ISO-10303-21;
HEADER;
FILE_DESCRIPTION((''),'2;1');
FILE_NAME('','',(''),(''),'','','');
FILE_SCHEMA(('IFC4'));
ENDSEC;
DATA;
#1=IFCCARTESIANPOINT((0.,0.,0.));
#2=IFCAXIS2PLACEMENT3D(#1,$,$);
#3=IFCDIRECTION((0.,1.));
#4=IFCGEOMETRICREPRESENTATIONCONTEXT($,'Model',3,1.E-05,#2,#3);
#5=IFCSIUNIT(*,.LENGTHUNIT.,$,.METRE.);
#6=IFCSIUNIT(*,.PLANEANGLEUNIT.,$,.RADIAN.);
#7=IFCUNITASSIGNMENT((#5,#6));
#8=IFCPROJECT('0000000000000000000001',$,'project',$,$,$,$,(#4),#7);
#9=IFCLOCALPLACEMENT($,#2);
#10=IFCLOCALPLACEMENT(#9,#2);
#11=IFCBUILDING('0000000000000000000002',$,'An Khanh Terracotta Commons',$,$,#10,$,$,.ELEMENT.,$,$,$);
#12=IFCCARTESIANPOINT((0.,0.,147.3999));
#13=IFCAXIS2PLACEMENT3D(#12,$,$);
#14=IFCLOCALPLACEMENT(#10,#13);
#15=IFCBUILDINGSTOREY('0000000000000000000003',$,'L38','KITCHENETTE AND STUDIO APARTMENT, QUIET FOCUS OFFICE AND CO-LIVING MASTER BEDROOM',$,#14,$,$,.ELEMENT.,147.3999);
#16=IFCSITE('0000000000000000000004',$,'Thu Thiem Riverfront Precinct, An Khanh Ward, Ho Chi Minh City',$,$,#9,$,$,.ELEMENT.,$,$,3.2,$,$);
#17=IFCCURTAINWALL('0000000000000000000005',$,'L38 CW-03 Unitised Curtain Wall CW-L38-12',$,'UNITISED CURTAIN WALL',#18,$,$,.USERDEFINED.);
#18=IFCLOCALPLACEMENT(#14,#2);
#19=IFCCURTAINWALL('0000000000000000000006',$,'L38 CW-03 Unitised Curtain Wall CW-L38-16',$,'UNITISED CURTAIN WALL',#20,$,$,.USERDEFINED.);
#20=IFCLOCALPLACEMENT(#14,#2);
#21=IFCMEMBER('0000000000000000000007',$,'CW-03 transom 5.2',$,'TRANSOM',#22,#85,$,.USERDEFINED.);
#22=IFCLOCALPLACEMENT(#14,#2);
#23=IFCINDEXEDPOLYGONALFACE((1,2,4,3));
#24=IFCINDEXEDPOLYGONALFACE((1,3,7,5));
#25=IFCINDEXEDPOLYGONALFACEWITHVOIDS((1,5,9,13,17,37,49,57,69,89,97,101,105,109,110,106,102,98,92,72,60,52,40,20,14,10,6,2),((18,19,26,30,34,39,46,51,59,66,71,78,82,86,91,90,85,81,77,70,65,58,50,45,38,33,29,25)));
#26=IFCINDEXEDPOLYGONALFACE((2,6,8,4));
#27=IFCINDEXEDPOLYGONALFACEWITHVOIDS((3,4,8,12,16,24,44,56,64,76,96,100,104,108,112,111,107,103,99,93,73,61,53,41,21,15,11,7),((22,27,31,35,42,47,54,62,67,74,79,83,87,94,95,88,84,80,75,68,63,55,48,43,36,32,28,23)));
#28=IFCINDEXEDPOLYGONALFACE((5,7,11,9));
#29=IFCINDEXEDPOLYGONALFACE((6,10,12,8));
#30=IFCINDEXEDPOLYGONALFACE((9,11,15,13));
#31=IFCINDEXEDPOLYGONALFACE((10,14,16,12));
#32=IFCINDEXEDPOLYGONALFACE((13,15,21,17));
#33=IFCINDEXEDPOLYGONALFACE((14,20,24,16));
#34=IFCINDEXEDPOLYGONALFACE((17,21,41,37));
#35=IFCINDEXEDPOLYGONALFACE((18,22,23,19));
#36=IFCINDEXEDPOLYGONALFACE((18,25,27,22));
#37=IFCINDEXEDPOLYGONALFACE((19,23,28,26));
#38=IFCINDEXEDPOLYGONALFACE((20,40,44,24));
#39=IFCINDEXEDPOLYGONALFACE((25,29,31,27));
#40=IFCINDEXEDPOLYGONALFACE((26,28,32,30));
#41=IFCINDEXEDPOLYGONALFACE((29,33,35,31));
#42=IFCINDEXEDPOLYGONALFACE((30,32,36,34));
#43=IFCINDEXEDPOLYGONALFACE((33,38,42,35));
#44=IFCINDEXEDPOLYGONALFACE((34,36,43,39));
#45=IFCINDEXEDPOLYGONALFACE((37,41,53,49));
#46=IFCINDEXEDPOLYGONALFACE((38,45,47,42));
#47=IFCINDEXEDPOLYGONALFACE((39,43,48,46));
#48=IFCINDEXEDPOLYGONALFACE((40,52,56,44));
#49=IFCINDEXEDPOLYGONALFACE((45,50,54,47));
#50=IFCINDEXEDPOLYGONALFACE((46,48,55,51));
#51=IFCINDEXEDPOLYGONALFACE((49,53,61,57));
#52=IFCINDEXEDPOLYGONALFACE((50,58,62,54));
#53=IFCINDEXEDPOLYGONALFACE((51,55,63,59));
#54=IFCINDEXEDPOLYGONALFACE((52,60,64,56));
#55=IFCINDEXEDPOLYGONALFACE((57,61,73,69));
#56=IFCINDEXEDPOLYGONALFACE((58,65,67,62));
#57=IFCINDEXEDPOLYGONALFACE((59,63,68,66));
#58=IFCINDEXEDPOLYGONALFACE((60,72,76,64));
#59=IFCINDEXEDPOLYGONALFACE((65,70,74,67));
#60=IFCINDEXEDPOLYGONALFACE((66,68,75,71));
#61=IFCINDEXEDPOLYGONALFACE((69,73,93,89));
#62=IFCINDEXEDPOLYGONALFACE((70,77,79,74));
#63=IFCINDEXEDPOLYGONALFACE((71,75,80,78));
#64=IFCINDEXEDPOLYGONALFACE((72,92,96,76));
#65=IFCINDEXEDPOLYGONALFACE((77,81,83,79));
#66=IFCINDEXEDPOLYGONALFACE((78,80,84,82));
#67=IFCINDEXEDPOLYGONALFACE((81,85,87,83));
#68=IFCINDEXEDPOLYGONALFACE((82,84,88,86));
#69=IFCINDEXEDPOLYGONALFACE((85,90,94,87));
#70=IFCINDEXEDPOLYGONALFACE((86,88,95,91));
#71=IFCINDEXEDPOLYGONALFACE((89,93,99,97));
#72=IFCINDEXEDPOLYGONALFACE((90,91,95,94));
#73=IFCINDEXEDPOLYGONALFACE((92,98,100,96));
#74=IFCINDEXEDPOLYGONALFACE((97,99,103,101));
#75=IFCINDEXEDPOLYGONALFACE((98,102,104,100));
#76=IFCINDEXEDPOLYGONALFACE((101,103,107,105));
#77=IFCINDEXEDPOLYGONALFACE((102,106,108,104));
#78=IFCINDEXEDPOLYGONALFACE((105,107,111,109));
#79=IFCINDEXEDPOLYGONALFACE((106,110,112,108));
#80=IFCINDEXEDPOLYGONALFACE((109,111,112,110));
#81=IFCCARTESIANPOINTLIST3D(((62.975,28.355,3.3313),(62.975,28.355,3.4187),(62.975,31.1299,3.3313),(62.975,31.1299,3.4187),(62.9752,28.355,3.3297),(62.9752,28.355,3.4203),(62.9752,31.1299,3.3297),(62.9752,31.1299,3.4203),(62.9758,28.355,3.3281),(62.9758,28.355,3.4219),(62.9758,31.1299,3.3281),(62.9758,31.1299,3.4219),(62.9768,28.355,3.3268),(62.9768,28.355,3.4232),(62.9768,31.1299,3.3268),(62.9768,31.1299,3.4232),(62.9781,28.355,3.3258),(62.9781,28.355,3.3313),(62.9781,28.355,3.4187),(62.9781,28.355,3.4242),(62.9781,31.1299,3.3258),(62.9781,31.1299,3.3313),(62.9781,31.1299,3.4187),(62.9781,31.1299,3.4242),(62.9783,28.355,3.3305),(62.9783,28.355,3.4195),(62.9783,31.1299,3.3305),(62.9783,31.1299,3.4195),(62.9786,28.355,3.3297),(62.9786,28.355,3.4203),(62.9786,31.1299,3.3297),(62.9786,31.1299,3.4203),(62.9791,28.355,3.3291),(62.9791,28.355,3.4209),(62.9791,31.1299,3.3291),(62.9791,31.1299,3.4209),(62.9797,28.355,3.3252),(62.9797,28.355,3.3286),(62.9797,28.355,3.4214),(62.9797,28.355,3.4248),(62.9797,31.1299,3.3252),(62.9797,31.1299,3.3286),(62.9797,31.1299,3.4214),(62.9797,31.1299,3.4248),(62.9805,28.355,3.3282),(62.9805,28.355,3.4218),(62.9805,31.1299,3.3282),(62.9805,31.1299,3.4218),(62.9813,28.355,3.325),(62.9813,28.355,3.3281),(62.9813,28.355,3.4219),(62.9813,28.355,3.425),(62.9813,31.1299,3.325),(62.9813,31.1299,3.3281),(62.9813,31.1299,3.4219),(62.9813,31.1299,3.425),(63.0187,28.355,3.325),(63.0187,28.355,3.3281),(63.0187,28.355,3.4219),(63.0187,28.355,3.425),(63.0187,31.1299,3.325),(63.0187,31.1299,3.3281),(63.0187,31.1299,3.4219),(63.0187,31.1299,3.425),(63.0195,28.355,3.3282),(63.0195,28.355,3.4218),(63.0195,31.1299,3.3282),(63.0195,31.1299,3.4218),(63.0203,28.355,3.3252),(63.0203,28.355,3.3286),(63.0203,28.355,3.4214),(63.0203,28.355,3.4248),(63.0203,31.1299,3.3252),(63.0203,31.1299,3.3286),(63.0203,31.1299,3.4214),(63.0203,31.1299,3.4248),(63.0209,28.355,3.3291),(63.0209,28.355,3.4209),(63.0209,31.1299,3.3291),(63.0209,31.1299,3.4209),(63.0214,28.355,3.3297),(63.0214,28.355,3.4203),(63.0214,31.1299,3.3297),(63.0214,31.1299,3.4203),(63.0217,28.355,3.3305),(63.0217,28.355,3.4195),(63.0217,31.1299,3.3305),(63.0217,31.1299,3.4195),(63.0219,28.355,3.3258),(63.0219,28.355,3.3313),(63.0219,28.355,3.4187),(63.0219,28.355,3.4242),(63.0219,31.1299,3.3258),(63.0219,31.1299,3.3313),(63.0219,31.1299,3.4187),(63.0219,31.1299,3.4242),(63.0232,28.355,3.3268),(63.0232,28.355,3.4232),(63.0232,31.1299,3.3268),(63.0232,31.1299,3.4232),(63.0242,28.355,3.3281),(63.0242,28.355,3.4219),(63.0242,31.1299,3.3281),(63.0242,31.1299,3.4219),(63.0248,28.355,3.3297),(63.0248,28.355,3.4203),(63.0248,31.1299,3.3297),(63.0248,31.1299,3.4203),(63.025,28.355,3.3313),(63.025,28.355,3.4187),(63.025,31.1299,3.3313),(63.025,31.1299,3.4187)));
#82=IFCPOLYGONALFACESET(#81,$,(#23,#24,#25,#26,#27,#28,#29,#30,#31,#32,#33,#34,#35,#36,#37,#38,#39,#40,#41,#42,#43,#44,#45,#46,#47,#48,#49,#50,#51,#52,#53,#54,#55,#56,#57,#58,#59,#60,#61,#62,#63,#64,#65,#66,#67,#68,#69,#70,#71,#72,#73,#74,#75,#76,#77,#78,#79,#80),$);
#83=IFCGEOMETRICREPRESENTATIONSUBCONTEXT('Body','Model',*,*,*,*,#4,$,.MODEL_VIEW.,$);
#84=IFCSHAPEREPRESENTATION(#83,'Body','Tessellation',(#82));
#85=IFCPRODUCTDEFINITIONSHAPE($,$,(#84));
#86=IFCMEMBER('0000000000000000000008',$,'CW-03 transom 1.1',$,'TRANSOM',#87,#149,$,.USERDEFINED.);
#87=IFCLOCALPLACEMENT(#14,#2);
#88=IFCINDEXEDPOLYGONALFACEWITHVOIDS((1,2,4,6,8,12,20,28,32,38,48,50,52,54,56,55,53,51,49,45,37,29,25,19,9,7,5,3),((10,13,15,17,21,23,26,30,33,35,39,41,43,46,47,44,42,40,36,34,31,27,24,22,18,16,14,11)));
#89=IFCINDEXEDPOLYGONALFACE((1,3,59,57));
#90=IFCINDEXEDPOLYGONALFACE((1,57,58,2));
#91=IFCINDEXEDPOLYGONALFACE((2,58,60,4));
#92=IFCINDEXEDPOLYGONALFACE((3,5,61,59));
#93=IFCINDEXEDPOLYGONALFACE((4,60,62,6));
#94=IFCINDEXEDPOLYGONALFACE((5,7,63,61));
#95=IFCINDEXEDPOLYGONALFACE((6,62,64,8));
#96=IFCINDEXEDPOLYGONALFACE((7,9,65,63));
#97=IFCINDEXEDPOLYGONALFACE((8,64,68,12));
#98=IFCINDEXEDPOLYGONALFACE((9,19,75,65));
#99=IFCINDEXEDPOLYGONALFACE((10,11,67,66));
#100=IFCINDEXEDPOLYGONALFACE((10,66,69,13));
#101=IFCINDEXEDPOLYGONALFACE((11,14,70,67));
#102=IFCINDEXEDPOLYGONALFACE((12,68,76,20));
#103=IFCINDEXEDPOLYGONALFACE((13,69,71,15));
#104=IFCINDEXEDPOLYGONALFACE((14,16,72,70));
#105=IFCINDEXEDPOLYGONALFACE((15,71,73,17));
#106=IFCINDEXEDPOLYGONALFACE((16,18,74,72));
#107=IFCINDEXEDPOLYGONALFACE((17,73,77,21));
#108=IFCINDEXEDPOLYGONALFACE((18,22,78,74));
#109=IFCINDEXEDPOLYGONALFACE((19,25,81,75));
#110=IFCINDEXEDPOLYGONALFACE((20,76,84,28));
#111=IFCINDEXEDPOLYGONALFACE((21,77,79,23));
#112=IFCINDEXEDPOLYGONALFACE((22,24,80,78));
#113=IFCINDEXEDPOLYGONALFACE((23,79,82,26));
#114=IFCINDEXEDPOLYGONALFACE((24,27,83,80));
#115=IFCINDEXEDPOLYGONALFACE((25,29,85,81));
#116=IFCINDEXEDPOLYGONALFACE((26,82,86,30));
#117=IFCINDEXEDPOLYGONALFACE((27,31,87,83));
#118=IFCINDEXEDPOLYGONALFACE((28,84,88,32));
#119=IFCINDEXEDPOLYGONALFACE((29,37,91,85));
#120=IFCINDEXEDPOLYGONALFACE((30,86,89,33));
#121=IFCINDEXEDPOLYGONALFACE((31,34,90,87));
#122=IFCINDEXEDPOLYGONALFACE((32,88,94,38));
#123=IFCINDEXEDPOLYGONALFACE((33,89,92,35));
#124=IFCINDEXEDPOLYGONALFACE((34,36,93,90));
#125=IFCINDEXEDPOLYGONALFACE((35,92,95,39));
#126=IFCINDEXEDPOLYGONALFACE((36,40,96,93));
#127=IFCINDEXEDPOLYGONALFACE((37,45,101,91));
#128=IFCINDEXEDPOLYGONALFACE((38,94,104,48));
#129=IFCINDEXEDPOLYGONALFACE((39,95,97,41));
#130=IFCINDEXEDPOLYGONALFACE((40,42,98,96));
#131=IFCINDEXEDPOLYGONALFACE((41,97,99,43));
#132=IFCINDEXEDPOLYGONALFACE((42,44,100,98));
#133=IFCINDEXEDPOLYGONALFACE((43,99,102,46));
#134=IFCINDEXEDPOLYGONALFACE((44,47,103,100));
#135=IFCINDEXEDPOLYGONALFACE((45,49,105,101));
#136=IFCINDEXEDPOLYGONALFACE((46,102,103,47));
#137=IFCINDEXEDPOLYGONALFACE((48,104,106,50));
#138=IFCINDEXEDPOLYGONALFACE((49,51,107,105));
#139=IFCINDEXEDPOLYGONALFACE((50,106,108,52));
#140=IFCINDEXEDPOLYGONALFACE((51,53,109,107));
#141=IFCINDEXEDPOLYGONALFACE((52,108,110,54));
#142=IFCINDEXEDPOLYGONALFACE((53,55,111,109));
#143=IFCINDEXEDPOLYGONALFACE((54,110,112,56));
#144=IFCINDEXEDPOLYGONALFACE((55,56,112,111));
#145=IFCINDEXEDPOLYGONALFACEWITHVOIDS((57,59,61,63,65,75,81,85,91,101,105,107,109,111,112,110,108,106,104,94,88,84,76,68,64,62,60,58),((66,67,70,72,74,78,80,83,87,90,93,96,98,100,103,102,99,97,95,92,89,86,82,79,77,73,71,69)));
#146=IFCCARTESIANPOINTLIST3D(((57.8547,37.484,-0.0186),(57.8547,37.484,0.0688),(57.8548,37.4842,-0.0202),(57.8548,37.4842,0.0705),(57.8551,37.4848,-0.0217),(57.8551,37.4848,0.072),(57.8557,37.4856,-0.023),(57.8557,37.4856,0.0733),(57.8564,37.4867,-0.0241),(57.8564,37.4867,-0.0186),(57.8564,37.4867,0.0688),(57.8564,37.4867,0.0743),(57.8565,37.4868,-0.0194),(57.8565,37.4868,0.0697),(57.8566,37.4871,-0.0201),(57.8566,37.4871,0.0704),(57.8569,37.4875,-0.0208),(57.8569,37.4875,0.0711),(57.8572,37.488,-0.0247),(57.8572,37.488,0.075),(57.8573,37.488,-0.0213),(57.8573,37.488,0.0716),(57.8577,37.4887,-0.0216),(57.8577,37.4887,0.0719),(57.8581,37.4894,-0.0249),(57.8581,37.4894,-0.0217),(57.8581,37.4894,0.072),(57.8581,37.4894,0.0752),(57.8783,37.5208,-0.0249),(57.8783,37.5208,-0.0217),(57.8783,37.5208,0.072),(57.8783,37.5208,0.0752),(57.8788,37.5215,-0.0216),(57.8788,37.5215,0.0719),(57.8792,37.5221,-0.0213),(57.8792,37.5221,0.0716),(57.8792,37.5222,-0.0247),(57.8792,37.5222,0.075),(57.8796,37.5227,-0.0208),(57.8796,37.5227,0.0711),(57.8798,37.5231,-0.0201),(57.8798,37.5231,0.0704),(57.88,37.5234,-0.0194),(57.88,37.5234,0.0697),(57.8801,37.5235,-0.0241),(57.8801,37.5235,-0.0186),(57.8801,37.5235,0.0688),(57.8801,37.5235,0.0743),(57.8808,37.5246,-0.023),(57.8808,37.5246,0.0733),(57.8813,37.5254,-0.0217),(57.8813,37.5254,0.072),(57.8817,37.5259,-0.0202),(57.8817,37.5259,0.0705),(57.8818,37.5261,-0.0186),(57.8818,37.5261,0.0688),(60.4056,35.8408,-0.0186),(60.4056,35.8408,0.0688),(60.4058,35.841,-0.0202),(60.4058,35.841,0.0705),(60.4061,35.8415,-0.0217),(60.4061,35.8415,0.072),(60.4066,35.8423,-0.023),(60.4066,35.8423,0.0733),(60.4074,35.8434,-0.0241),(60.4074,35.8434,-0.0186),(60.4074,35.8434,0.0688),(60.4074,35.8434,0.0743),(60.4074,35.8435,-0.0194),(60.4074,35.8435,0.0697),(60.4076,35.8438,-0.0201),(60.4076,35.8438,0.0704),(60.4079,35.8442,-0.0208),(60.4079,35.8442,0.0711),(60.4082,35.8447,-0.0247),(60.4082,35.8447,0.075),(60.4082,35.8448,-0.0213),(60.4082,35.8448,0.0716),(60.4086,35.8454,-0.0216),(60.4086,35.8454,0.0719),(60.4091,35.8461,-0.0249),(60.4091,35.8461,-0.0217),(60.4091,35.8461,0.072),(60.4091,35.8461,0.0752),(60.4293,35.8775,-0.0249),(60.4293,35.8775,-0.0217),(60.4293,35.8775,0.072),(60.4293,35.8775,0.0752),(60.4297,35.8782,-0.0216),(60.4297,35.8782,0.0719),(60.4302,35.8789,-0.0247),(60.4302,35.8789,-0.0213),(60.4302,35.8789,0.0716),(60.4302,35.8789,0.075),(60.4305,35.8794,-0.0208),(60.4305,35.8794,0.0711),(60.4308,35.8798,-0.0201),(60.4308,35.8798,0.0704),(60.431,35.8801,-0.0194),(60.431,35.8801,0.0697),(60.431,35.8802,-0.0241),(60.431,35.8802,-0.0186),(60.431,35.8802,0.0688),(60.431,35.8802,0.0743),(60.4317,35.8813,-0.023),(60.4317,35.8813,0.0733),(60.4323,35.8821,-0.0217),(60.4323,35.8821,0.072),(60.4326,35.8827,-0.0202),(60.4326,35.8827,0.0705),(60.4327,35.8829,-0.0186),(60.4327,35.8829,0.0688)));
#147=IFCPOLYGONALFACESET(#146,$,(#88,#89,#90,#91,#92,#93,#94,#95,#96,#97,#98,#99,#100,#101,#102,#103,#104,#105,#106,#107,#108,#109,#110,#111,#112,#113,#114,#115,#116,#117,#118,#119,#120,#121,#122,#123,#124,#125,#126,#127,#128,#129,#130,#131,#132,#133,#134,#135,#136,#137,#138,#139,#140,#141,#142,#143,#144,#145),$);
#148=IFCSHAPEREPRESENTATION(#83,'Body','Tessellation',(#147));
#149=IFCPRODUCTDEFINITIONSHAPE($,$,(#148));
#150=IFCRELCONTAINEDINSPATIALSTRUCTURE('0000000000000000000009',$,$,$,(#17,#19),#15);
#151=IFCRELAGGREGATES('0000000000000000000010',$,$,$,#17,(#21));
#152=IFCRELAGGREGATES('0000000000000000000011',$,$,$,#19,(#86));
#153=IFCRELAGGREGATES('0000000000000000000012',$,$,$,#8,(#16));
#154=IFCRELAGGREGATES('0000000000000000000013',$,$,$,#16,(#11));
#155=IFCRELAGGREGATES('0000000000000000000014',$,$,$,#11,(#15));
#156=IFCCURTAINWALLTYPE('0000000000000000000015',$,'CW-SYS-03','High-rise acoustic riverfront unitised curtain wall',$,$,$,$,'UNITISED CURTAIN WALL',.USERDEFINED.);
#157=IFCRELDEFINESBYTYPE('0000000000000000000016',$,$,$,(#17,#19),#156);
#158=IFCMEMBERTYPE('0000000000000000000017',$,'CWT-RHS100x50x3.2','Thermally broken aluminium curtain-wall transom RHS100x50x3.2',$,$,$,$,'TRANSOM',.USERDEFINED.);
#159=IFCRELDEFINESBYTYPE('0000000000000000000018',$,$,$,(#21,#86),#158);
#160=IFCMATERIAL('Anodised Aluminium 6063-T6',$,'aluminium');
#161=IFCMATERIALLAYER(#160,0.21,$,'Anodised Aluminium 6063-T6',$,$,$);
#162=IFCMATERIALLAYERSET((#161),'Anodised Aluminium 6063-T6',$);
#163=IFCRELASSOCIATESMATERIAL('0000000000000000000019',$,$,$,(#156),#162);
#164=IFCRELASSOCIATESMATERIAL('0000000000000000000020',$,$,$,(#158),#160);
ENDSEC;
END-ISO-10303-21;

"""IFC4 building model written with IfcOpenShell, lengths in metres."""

from ifc_helpers import new_model, si_unit, direction, frame, origin, origin_2d, place, context, subcontext, project, spatial, hollow_rectangle, extrude, material, layer, layer_set, material_profile, profile_set, type_object, element, aggregate, save


model = new_model("IFC4")

# Units and contexts
model_context = context("Model", 3, precision=1e-05, world=origin(), true_north=direction((0.0, 1.0)))
body_context = subcontext(model_context, "Body", "Model", "MODEL_VIEW")
ifc_project = project(units=[si_unit("LENGTHUNIT", "METRE"), si_unit("PLANEANGLEUNIT", "RADIAN")], contexts=[model_context])

# Site, building, storey
site_placement = place(None, origin())
site = spatial("IfcSite", under=ifc_project, at=site_placement, Name="Thu Thiem Riverfront Precinct, An Khanh Ward, Ho Chi Minh City", CompositionType="ELEMENT", RefElevation=3.2)
building_placement = place(site_placement, origin())
building = spatial("IfcBuilding", under=site, at=building_placement, Name="An Khanh Terracotta Commons", CompositionType="ELEMENT")
storey_placement = place(building_placement, frame((0.0, 0.0, 147.3999)))
storey = spatial("IfcBuildingStorey", under=building, at=storey_placement, Name="L38", Description="KITCHENETTE AND STUDIO APARTMENT, QUIET FOCUS OFFICE AND CO-LIVING MASTER BEDROOM", CompositionType="ELEMENT", Elevation=147.3999)

# Curtain walls
ifc_material_1 = material(Name="Anodised Aluminium 6063-T6", Category="aluminium")
ifc_layer_1 = layer(ifc_material_1, 0.21, Name="Anodised Aluminium 6063-T6")
ifc_layer_set_1 = layer_set([ifc_layer_1], Name="Anodised Aluminium 6063-T6")
curtain_wall_type = type_object("IfcCurtainWallType", Name="CW-SYS-03", Description="High-rise acoustic riverfront unitised curtain wall", ElementType="UNITISED CURTAIN WALL", PredefinedType="USERDEFINED", material=ifc_layer_set_1)
curtain_wall_1_placement = place(storey_placement, origin())
curtain_wall_1 = element("IfcCurtainWall", 1, at=curtain_wall_1_placement, inside=storey, type_object=curtain_wall_type, Name="L38 CW-03 Unitised Curtain Wall CW-L38-12", ObjectType="UNITISED CURTAIN WALL", PredefinedType="USERDEFINED")
curtain_wall_2_placement = place(storey_placement, origin())
curtain_wall_2 = element("IfcCurtainWall", 2, at=curtain_wall_2_placement, inside=storey, type_object=curtain_wall_type, Name="L38 CW-03 Unitised Curtain Wall CW-L38-16", ObjectType="UNITISED CURTAIN WALL", PredefinedType="USERDEFINED")

# Members
ifc_material_profile_1 = material_profile(ifc_material_1, hollow_rectangle(XDim=0.05, YDim=0.1001, WallThickness=0.0032, InnerFilletRadius=0.0032, OuterFilletRadius=0.0063, at=origin_2d()), Name="RHS100x50x3.2")
ifc_profile_set_1 = profile_set([ifc_material_profile_1], Name="Anodised Aluminium 6063-T6")
member_type_1 = type_object("IfcMemberType", Name="CWT-RHS100x50x3.2", Description="Thermally broken aluminium curtain-wall transom RHS100x50x3.2", ElementType="TRANSOM", PredefinedType="USERDEFINED", material=ifc_profile_set_1)
member_1_placement = place(storey_placement, frame((63.0, 28.355, 3.375), z_axis=(0.0, 1.0, 0.0), x_axis=(-1.0, 0.0, 0.0)))
member_1 = element("IfcMember", 3, at=member_1_placement, type_object=member_type_1, Name="CW-03 transom 5.2", ObjectType="TRANSOM", PredefinedType="USERDEFINED", context=body_context, shape_type="SweptSolid", body=[
    extrude(hollow_rectangle(XDim=0.05, YDim=0.1001, WallThickness=0.0032, InnerFilletRadius=0.0032, OuterFilletRadius=0.0063, at=origin_2d()), origin(), (0.0, 0.0, 1.0), 2.7749),
])
member_2_placement = place(storey_placement, frame((60.4192, 35.8618, 0.0251), z_axis=(-0.840674, 0.541542, 0.0), x_axis=(-0.541542, -0.840674, 0.0)))
member_2 = element("IfcMember", 4, at=member_2_placement, type_object=member_type_1, Name="CW-03 transom 1.1", ObjectType="TRANSOM", PredefinedType="USERDEFINED", context=body_context, shape_type="SweptSolid", body=[
    extrude(hollow_rectangle(XDim=0.05, YDim=0.1001, WallThickness=0.0032, InnerFilletRadius=0.0032, OuterFilletRadius=0.0063, at=origin_2d()), origin(), (0.0, 0.0, 1.0), 3.0344),
])

aggregate(curtain_wall_1, [member_1])
aggregate(curtain_wall_2, [member_2])

save(model, "model.ifc")
